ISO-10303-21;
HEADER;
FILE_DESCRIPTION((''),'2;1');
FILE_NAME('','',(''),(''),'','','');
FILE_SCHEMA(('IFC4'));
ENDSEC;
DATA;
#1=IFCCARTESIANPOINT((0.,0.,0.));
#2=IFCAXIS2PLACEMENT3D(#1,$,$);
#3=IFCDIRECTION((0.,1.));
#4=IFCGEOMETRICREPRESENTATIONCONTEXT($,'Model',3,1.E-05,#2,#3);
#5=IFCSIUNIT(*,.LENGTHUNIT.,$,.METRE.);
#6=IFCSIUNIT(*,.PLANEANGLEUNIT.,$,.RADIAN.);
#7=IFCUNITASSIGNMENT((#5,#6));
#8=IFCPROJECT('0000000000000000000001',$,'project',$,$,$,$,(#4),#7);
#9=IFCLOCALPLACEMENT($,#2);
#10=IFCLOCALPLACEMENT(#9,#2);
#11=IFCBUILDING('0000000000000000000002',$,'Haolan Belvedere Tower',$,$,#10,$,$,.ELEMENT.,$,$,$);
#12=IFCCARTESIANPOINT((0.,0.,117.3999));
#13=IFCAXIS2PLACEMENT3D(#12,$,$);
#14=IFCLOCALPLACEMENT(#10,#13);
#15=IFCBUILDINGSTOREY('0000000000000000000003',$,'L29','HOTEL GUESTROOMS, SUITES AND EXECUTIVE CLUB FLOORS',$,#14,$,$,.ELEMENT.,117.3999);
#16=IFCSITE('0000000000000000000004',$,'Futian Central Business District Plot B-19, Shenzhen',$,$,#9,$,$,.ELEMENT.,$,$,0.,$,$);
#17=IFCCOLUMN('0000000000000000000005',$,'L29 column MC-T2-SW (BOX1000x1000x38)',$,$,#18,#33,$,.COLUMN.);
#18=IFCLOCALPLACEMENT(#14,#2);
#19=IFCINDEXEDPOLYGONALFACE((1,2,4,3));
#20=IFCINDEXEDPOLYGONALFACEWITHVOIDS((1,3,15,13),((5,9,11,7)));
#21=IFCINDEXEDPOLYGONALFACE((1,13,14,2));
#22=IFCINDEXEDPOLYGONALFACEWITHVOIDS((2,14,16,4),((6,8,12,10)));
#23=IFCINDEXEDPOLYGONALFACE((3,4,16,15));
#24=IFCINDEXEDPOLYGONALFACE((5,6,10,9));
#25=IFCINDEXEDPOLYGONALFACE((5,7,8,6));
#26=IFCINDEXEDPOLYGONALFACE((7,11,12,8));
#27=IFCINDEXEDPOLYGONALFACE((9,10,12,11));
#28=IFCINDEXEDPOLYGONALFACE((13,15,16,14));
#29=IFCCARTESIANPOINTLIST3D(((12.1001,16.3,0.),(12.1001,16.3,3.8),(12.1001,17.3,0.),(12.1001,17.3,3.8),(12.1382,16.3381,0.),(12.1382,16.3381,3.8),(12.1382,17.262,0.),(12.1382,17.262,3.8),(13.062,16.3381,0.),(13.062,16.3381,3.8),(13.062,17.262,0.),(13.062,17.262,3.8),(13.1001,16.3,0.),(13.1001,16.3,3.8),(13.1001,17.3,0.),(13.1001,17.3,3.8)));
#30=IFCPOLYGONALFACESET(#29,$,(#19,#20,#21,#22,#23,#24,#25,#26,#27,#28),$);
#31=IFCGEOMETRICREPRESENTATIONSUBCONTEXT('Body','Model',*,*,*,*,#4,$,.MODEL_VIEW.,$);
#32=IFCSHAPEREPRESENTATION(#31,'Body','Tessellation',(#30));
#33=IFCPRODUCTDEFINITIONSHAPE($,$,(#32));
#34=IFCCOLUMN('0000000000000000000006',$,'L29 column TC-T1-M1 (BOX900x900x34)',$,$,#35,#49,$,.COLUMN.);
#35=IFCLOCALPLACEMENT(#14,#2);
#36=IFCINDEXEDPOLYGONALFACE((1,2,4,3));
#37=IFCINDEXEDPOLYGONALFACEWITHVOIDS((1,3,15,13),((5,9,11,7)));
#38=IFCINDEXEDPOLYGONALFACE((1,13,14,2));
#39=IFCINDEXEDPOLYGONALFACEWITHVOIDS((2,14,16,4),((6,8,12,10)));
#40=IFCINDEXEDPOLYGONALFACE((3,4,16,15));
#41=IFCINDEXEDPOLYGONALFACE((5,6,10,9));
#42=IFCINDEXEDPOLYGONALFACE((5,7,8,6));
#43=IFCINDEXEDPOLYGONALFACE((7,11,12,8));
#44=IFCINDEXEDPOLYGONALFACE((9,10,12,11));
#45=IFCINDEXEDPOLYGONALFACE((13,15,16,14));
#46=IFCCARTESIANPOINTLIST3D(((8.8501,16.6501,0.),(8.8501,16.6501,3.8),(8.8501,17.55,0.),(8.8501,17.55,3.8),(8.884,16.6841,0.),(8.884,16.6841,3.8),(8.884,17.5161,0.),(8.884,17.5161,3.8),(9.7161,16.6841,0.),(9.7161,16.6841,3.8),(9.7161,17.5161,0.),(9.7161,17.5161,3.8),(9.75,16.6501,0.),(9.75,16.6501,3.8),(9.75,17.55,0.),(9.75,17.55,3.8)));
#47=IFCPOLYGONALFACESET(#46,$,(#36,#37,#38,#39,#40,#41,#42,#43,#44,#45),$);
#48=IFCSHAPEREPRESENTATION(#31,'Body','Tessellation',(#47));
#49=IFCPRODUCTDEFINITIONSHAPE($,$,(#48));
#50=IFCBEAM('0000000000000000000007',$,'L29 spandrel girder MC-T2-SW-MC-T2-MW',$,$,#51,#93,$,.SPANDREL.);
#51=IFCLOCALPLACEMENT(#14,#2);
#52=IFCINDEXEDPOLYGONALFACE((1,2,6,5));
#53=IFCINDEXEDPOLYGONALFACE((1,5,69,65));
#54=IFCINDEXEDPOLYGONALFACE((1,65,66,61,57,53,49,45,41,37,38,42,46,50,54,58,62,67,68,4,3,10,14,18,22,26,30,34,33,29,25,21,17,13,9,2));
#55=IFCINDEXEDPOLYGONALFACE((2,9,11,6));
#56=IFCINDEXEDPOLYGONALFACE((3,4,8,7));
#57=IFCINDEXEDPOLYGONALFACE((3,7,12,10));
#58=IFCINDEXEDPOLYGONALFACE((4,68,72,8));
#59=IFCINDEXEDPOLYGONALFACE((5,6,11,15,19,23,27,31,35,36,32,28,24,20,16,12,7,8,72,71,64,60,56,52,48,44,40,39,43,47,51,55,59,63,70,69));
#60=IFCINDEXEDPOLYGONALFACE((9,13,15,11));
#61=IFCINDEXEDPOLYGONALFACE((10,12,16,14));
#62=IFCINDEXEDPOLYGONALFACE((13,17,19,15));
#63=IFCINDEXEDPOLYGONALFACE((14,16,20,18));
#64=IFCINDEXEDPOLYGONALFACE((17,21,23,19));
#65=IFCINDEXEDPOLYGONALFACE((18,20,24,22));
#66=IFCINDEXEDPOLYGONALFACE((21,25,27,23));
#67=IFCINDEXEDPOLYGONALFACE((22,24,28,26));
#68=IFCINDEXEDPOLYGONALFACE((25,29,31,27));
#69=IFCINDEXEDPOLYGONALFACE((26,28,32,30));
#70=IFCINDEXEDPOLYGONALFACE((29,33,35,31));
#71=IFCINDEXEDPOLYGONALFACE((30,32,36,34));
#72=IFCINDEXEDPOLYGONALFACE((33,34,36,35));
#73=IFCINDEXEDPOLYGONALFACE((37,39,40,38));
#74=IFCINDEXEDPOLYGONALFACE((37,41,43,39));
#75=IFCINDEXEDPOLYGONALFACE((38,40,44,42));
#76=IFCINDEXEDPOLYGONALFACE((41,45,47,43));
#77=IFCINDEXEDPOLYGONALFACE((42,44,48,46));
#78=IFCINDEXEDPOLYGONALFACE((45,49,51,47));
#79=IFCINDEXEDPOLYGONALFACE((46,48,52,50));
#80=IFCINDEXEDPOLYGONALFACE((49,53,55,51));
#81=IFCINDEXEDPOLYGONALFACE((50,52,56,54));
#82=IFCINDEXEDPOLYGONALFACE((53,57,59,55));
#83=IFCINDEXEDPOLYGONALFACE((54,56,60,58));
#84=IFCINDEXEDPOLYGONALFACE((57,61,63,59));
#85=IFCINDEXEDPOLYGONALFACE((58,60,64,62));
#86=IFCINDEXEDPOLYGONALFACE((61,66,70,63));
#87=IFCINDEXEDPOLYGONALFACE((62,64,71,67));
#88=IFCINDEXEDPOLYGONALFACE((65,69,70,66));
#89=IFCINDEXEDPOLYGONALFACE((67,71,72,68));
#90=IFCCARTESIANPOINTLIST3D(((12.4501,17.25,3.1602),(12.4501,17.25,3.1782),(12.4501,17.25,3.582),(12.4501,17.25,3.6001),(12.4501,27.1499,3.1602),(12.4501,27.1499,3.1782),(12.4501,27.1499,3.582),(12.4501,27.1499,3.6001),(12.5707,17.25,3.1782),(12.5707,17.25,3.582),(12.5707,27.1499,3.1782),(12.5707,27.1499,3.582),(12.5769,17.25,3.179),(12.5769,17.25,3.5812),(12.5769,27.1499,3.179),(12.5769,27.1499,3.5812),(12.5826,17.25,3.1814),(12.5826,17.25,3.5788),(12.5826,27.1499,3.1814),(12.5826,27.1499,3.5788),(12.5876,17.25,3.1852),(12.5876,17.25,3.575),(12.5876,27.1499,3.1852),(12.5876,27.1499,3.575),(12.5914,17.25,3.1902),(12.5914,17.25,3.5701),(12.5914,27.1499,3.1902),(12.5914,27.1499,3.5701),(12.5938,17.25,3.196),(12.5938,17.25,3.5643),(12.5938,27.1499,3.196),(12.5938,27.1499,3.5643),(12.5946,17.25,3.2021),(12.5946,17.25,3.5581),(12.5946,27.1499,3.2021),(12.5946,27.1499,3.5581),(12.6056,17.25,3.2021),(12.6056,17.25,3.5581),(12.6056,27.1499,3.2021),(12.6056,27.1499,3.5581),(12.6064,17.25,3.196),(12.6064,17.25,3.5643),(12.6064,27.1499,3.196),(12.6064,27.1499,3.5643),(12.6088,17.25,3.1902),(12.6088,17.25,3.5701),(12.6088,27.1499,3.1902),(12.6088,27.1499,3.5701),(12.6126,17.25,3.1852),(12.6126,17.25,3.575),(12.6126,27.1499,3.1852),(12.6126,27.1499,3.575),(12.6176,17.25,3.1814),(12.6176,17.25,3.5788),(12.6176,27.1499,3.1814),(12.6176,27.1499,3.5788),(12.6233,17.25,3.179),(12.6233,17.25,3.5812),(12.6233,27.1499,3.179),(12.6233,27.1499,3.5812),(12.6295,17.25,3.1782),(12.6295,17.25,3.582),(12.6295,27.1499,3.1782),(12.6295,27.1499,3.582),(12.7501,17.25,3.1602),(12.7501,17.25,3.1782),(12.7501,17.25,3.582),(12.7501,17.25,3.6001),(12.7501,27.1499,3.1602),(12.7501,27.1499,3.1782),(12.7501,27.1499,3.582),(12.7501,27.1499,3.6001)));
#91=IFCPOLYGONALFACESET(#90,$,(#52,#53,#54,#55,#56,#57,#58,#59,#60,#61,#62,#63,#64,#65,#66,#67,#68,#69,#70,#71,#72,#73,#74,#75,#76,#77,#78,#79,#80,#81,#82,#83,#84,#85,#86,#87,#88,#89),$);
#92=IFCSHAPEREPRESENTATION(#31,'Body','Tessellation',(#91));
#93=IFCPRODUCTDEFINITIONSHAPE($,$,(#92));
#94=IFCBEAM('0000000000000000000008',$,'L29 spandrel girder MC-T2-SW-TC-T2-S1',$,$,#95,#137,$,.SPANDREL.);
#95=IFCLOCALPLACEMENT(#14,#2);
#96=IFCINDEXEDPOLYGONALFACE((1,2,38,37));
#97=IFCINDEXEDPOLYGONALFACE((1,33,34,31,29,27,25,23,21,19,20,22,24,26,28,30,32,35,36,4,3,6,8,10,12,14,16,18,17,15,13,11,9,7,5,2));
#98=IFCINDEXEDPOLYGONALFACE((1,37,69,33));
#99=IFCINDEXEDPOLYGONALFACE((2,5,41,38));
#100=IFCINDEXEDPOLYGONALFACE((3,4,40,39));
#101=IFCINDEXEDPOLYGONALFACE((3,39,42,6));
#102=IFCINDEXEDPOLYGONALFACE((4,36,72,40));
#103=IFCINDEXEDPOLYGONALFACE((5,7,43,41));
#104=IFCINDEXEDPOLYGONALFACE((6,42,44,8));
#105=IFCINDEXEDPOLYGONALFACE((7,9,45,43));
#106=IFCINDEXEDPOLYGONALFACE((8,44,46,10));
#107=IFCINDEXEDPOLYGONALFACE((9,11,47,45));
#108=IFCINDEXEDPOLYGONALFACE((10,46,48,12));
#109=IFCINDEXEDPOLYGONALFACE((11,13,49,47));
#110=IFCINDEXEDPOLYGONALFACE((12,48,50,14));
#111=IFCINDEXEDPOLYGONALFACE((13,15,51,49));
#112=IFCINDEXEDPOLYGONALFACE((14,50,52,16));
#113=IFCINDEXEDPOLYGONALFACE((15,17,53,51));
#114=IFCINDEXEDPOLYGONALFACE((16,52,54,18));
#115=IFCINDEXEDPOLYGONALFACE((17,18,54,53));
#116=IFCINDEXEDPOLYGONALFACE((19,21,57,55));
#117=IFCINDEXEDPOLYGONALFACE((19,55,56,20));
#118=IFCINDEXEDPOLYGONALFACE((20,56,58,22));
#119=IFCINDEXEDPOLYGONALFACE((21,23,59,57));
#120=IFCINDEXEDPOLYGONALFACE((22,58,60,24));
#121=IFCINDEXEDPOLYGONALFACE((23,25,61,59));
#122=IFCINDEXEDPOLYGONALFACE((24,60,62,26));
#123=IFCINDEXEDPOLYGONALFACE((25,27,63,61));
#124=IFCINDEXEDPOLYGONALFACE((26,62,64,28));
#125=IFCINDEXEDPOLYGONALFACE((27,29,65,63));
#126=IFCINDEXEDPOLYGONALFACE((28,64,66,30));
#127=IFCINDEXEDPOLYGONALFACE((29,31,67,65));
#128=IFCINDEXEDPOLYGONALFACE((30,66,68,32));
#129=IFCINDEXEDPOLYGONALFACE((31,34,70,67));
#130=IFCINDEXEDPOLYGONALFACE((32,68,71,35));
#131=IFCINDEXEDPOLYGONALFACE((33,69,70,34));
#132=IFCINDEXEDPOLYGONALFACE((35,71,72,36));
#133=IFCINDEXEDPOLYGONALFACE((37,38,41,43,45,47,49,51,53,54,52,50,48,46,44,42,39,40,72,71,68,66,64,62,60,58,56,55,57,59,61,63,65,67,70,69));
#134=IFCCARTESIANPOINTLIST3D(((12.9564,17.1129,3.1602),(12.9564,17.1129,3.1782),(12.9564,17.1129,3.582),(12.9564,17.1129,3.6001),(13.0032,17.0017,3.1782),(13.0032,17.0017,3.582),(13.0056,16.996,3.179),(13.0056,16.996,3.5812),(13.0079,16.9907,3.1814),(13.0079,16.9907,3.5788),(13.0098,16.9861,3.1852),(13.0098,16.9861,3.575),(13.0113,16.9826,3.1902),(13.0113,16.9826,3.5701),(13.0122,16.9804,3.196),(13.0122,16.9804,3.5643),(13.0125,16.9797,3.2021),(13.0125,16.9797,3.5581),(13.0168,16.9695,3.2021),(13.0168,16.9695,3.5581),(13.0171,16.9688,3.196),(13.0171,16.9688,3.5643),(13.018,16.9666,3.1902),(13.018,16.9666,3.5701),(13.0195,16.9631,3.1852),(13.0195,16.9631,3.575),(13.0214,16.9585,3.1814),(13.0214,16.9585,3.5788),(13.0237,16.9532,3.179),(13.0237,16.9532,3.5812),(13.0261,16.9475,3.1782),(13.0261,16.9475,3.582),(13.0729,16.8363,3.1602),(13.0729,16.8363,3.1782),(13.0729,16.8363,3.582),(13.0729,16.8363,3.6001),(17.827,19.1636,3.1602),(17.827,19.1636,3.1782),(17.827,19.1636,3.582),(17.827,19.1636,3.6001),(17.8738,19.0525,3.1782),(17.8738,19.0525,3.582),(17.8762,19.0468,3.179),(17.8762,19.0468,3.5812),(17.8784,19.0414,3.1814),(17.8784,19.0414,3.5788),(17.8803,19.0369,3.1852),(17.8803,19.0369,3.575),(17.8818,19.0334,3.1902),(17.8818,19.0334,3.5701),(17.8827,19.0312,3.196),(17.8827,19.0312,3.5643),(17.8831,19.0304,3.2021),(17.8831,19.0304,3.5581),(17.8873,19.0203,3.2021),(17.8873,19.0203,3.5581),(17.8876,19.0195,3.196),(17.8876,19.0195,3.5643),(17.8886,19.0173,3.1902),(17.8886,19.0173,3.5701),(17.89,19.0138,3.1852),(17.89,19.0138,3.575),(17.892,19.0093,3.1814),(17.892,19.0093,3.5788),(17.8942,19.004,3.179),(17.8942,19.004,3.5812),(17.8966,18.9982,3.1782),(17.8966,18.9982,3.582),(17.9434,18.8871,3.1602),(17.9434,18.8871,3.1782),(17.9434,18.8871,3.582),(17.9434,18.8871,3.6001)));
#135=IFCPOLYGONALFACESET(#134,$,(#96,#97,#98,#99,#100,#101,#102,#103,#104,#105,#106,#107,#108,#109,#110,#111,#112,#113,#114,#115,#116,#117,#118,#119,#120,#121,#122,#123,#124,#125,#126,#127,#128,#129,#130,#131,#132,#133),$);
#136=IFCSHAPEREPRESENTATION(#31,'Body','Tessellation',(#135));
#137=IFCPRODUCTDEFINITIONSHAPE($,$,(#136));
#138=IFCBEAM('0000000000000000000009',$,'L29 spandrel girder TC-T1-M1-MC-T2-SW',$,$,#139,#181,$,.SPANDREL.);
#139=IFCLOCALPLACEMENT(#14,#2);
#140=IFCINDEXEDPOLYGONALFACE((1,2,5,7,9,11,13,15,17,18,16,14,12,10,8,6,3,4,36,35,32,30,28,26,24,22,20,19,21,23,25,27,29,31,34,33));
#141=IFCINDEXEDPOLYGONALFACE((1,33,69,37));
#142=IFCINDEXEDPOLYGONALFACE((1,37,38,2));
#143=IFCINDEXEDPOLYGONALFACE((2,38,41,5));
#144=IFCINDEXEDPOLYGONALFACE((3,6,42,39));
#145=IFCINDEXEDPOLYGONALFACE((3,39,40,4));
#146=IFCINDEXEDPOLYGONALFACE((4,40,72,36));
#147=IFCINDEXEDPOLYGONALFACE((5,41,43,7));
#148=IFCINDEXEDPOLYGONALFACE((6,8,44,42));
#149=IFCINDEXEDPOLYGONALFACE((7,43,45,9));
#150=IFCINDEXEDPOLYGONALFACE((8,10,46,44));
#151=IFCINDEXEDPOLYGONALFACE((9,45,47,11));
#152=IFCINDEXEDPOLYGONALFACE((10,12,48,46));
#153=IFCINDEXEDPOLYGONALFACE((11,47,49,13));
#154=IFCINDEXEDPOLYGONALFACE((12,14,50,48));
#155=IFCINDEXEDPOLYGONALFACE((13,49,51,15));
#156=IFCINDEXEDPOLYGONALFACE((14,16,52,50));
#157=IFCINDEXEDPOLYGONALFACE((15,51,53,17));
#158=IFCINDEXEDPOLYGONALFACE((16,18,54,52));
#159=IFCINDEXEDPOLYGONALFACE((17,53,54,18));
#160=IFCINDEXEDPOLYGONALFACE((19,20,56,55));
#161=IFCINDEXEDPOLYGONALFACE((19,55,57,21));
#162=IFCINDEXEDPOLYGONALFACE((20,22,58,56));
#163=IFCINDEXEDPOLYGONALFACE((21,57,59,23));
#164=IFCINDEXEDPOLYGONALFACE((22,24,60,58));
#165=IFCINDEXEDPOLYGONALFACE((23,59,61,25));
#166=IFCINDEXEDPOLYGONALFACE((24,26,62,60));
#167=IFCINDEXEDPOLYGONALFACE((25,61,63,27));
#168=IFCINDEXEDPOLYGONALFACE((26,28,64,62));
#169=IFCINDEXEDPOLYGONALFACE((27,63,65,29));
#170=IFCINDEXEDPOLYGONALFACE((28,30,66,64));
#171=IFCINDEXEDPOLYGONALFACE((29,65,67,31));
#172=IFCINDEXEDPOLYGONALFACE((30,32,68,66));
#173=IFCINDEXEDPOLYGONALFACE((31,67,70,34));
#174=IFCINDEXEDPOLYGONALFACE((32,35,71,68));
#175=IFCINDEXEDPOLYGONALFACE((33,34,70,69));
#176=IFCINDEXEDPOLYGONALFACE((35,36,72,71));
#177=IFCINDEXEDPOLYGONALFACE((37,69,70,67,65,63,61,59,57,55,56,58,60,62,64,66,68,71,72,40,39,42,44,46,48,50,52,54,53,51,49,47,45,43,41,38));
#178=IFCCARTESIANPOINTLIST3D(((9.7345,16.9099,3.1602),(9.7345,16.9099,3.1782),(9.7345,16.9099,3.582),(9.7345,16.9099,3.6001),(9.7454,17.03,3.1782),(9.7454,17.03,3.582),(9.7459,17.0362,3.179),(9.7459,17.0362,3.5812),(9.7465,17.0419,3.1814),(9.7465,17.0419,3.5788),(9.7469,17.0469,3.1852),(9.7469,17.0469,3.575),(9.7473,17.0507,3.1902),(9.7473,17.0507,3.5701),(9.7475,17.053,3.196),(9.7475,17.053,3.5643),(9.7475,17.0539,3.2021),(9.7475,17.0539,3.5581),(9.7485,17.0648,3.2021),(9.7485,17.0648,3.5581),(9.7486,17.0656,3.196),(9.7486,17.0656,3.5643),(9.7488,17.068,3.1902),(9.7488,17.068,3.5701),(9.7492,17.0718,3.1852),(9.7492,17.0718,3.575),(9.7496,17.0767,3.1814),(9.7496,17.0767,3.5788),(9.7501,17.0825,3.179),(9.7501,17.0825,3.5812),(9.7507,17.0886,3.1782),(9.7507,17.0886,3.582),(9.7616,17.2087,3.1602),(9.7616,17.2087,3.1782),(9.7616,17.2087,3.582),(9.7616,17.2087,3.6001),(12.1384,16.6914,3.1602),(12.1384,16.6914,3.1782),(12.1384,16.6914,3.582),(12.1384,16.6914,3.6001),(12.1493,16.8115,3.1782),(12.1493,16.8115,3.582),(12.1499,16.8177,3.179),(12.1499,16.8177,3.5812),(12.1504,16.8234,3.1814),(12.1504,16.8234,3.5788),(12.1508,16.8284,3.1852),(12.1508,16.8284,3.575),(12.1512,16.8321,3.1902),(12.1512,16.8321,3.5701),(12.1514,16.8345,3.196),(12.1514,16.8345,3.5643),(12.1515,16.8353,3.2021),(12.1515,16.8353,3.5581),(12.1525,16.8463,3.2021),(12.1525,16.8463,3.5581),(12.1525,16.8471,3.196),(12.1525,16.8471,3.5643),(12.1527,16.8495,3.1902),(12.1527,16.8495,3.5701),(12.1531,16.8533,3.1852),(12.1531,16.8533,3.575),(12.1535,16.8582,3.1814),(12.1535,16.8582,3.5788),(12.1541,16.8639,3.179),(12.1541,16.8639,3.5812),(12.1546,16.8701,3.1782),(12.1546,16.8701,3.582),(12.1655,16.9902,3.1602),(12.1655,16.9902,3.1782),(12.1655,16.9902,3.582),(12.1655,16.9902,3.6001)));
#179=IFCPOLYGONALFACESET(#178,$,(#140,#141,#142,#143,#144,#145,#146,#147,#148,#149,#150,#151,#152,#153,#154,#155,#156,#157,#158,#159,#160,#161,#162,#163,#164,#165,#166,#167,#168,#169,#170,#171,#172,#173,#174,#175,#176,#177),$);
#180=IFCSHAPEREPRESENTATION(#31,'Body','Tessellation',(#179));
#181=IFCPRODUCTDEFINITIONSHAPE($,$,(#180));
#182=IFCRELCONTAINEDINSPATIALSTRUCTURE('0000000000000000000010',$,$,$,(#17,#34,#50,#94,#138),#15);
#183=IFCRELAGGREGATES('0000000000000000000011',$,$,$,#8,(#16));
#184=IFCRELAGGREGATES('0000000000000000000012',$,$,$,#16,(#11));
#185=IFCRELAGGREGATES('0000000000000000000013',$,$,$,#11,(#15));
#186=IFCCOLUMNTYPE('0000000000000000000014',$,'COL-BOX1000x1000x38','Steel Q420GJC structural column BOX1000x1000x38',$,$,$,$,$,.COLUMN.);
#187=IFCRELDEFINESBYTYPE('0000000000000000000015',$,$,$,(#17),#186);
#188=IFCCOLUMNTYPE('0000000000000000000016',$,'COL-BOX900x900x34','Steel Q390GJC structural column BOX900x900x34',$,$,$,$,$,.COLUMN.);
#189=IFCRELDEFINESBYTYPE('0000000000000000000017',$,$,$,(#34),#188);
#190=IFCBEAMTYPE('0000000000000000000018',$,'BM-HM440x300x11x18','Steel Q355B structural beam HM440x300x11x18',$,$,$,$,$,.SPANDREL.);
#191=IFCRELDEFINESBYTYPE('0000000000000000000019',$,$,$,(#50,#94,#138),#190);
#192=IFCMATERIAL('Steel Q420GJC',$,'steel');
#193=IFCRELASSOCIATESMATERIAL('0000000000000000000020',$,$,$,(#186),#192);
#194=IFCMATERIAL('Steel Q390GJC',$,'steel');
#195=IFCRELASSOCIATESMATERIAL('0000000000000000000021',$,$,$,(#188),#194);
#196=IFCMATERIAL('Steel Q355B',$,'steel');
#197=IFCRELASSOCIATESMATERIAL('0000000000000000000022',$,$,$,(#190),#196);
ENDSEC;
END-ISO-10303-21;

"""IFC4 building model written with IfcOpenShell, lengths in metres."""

from ifc_helpers import new_model, si_unit, direction, frame, origin, origin_2d, place, context, subcontext, project, spatial, hollow_rectangle, i_section, extrude, material, material_profile, profile_set, type_object, element, save


model = new_model("IFC4")

# Units and contexts
model_context = context("Model", 3, precision=1e-05, world=origin(), true_north=direction((0.0, 1.0)))
body_context = subcontext(model_context, "Body", "Model", "MODEL_VIEW")
ifc_project = project(units=[si_unit("LENGTHUNIT", "METRE"), si_unit("PLANEANGLEUNIT", "RADIAN")], contexts=[model_context])

# Site, building, storey
site_placement = place(None, origin())
site = spatial("IfcSite", under=ifc_project, at=site_placement, Name="Futian Central Business District Plot B-19, Shenzhen", CompositionType="ELEMENT", RefElevation=0.0)
building_placement = place(site_placement, origin())
building = spatial("IfcBuilding", under=site, at=building_placement, Name="Haolan Belvedere Tower", CompositionType="ELEMENT")
storey_placement = place(building_placement, frame((0.0, 0.0, 117.3999)))
storey = spatial("IfcBuildingStorey", under=building, at=storey_placement, Name="L29", Description="HOTEL GUESTROOMS, SUITES AND EXECUTIVE CLUB FLOORS", CompositionType="ELEMENT", Elevation=117.3999)

# Columns
ifc_material_1 = material(Name="Steel Q420GJC", Category="steel")
ifc_material_profile_1 = material_profile(ifc_material_1, hollow_rectangle(XDim=1.0, YDim=1.0, WallThickness=0.0381, at=origin_2d()), Name="Steel Q420GJC")
ifc_profile_set_1 = profile_set([ifc_material_profile_1], Name="Steel Q420GJC")
column_type_1 = type_object("IfcColumnType", Name="COL-BOX1000x1000x38", Description="Steel Q420GJC structural column BOX1000x1000x38", PredefinedType="COLUMN", material=ifc_profile_set_1)
column_1_placement = place(storey_placement, frame((12.6001, 16.8, 0.0), z_axis=(0.0, 0.0, 1.0), x_axis=(1.0, 0.0, 0.0)))
element("IfcColumn", 1, at=column_1_placement, inside=storey, type_object=column_type_1, Name="L29 column MC-T2-SW (BOX1000x1000x38)", PredefinedType="COLUMN", context=body_context, shape_type="SweptSolid", body=[
    extrude(hollow_rectangle(XDim=1.0, YDim=1.0, WallThickness=0.0381, at=origin_2d()), origin(), (0.0, 0.0, 1.0), 3.8),
])
ifc_material_2 = material(Name="Steel Q390GJC", Category="steel")
ifc_material_profile_2 = material_profile(ifc_material_2, hollow_rectangle(XDim=0.8999, YDim=0.8999, WallThickness=0.0339, at=origin_2d()), Name="Steel Q390GJC")
ifc_profile_set_2 = profile_set([ifc_material_profile_2], Name="Steel Q390GJC")
column_type_2 = type_object("IfcColumnType", Name="COL-BOX900x900x34", Description="Steel Q390GJC structural column BOX900x900x34", PredefinedType="COLUMN", material=ifc_profile_set_2)
column_2_placement = place(storey_placement, frame((9.3, 17.1001, 0.0), z_axis=(0.0, 0.0, 1.0), x_axis=(1.0, 0.0, 0.0)))
element("IfcColumn", 2, at=column_2_placement, inside=storey, type_object=column_type_2, Name="L29 column TC-T1-M1 (BOX900x900x34)", PredefinedType="COLUMN", context=body_context, shape_type="SweptSolid", body=[
    extrude(hollow_rectangle(XDim=0.8999, YDim=0.8999, WallThickness=0.0339, at=origin_2d()), origin(), (0.0, 0.0, 1.0), 3.8),
])

# Beams
ifc_material_3 = material(Name="Steel Q355B", Category="steel")
ifc_material_profile_3 = material_profile(ifc_material_3, i_section(OverallWidth=0.3, OverallDepth=0.4399, WebThickness=0.011, FlangeThickness=0.0181, FilletRadius=0.0239, at=origin_2d()), Name="Steel Q355B")
ifc_profile_set_3 = profile_set([ifc_material_profile_3], Name="Steel Q355B")
beam_type = type_object("IfcBeamType", Name="BM-HM440x300x11x18", Description="Steel Q355B structural beam HM440x300x11x18", PredefinedType="SPANDREL", material=ifc_profile_set_3)
beam_1_placement = place(storey_placement, frame((12.6001, 17.25, 3.3801), z_axis=(0.0, 1.0, 0.0), x_axis=(-1.0, 0.0, 0.0)))
element("IfcBeam", 3, at=beam_1_placement, inside=storey, type_object=beam_type, Name="L29 spandrel girder MC-T2-SW-MC-T2-MW", PredefinedType="SPANDREL", context=body_context, shape_type="SweptSolid", body=[
    extrude(i_section(OverallWidth=0.3, OverallDepth=0.4399, WebThickness=0.011, FlangeThickness=0.0181, FilletRadius=0.0239, at=origin_2d()), origin(), (0.0, 0.0, 1.0), 9.8999),
])
beam_2_placement = place(storey_placement, frame((13.0146, 16.9746, 3.3801), z_axis=(0.921635, 0.388057, 0.0), x_axis=(-0.388057, 0.921635, 0.0)))
element("IfcBeam", 4, at=beam_2_placement, inside=storey, type_object=beam_type, Name="L29 spandrel girder MC-T2-SW-TC-T2-S1", PredefinedType="SPANDREL", context=body_context, shape_type="SweptSolid", body=[
    extrude(i_section(OverallWidth=0.3, OverallDepth=0.4399, WebThickness=0.011, FlangeThickness=0.0181, FilletRadius=0.0239, at=origin_2d()), origin(), (0.0, 0.0, 1.0), 5.2847),
])
beam_3_placement = place(storey_placement, frame((9.748, 17.0593, 3.3801), z_axis=(0.995894, -0.090527, 0.0), x_axis=(0.090527, 0.995894, 0.0)))
element("IfcBeam", 5, at=beam_3_placement, inside=storey, type_object=beam_type, Name="L29 spandrel girder TC-T1-M1-MC-T2-SW", PredefinedType="SPANDREL", context=body_context, shape_type="SweptSolid", body=[
    extrude(i_section(OverallWidth=0.3, OverallDepth=0.4399, WebThickness=0.011, FlangeThickness=0.0181, FilletRadius=0.0239, at=origin_2d()), origin(), (0.0, 0.0, 1.0), 2.4138),
])

save(model, "model.ifc")
